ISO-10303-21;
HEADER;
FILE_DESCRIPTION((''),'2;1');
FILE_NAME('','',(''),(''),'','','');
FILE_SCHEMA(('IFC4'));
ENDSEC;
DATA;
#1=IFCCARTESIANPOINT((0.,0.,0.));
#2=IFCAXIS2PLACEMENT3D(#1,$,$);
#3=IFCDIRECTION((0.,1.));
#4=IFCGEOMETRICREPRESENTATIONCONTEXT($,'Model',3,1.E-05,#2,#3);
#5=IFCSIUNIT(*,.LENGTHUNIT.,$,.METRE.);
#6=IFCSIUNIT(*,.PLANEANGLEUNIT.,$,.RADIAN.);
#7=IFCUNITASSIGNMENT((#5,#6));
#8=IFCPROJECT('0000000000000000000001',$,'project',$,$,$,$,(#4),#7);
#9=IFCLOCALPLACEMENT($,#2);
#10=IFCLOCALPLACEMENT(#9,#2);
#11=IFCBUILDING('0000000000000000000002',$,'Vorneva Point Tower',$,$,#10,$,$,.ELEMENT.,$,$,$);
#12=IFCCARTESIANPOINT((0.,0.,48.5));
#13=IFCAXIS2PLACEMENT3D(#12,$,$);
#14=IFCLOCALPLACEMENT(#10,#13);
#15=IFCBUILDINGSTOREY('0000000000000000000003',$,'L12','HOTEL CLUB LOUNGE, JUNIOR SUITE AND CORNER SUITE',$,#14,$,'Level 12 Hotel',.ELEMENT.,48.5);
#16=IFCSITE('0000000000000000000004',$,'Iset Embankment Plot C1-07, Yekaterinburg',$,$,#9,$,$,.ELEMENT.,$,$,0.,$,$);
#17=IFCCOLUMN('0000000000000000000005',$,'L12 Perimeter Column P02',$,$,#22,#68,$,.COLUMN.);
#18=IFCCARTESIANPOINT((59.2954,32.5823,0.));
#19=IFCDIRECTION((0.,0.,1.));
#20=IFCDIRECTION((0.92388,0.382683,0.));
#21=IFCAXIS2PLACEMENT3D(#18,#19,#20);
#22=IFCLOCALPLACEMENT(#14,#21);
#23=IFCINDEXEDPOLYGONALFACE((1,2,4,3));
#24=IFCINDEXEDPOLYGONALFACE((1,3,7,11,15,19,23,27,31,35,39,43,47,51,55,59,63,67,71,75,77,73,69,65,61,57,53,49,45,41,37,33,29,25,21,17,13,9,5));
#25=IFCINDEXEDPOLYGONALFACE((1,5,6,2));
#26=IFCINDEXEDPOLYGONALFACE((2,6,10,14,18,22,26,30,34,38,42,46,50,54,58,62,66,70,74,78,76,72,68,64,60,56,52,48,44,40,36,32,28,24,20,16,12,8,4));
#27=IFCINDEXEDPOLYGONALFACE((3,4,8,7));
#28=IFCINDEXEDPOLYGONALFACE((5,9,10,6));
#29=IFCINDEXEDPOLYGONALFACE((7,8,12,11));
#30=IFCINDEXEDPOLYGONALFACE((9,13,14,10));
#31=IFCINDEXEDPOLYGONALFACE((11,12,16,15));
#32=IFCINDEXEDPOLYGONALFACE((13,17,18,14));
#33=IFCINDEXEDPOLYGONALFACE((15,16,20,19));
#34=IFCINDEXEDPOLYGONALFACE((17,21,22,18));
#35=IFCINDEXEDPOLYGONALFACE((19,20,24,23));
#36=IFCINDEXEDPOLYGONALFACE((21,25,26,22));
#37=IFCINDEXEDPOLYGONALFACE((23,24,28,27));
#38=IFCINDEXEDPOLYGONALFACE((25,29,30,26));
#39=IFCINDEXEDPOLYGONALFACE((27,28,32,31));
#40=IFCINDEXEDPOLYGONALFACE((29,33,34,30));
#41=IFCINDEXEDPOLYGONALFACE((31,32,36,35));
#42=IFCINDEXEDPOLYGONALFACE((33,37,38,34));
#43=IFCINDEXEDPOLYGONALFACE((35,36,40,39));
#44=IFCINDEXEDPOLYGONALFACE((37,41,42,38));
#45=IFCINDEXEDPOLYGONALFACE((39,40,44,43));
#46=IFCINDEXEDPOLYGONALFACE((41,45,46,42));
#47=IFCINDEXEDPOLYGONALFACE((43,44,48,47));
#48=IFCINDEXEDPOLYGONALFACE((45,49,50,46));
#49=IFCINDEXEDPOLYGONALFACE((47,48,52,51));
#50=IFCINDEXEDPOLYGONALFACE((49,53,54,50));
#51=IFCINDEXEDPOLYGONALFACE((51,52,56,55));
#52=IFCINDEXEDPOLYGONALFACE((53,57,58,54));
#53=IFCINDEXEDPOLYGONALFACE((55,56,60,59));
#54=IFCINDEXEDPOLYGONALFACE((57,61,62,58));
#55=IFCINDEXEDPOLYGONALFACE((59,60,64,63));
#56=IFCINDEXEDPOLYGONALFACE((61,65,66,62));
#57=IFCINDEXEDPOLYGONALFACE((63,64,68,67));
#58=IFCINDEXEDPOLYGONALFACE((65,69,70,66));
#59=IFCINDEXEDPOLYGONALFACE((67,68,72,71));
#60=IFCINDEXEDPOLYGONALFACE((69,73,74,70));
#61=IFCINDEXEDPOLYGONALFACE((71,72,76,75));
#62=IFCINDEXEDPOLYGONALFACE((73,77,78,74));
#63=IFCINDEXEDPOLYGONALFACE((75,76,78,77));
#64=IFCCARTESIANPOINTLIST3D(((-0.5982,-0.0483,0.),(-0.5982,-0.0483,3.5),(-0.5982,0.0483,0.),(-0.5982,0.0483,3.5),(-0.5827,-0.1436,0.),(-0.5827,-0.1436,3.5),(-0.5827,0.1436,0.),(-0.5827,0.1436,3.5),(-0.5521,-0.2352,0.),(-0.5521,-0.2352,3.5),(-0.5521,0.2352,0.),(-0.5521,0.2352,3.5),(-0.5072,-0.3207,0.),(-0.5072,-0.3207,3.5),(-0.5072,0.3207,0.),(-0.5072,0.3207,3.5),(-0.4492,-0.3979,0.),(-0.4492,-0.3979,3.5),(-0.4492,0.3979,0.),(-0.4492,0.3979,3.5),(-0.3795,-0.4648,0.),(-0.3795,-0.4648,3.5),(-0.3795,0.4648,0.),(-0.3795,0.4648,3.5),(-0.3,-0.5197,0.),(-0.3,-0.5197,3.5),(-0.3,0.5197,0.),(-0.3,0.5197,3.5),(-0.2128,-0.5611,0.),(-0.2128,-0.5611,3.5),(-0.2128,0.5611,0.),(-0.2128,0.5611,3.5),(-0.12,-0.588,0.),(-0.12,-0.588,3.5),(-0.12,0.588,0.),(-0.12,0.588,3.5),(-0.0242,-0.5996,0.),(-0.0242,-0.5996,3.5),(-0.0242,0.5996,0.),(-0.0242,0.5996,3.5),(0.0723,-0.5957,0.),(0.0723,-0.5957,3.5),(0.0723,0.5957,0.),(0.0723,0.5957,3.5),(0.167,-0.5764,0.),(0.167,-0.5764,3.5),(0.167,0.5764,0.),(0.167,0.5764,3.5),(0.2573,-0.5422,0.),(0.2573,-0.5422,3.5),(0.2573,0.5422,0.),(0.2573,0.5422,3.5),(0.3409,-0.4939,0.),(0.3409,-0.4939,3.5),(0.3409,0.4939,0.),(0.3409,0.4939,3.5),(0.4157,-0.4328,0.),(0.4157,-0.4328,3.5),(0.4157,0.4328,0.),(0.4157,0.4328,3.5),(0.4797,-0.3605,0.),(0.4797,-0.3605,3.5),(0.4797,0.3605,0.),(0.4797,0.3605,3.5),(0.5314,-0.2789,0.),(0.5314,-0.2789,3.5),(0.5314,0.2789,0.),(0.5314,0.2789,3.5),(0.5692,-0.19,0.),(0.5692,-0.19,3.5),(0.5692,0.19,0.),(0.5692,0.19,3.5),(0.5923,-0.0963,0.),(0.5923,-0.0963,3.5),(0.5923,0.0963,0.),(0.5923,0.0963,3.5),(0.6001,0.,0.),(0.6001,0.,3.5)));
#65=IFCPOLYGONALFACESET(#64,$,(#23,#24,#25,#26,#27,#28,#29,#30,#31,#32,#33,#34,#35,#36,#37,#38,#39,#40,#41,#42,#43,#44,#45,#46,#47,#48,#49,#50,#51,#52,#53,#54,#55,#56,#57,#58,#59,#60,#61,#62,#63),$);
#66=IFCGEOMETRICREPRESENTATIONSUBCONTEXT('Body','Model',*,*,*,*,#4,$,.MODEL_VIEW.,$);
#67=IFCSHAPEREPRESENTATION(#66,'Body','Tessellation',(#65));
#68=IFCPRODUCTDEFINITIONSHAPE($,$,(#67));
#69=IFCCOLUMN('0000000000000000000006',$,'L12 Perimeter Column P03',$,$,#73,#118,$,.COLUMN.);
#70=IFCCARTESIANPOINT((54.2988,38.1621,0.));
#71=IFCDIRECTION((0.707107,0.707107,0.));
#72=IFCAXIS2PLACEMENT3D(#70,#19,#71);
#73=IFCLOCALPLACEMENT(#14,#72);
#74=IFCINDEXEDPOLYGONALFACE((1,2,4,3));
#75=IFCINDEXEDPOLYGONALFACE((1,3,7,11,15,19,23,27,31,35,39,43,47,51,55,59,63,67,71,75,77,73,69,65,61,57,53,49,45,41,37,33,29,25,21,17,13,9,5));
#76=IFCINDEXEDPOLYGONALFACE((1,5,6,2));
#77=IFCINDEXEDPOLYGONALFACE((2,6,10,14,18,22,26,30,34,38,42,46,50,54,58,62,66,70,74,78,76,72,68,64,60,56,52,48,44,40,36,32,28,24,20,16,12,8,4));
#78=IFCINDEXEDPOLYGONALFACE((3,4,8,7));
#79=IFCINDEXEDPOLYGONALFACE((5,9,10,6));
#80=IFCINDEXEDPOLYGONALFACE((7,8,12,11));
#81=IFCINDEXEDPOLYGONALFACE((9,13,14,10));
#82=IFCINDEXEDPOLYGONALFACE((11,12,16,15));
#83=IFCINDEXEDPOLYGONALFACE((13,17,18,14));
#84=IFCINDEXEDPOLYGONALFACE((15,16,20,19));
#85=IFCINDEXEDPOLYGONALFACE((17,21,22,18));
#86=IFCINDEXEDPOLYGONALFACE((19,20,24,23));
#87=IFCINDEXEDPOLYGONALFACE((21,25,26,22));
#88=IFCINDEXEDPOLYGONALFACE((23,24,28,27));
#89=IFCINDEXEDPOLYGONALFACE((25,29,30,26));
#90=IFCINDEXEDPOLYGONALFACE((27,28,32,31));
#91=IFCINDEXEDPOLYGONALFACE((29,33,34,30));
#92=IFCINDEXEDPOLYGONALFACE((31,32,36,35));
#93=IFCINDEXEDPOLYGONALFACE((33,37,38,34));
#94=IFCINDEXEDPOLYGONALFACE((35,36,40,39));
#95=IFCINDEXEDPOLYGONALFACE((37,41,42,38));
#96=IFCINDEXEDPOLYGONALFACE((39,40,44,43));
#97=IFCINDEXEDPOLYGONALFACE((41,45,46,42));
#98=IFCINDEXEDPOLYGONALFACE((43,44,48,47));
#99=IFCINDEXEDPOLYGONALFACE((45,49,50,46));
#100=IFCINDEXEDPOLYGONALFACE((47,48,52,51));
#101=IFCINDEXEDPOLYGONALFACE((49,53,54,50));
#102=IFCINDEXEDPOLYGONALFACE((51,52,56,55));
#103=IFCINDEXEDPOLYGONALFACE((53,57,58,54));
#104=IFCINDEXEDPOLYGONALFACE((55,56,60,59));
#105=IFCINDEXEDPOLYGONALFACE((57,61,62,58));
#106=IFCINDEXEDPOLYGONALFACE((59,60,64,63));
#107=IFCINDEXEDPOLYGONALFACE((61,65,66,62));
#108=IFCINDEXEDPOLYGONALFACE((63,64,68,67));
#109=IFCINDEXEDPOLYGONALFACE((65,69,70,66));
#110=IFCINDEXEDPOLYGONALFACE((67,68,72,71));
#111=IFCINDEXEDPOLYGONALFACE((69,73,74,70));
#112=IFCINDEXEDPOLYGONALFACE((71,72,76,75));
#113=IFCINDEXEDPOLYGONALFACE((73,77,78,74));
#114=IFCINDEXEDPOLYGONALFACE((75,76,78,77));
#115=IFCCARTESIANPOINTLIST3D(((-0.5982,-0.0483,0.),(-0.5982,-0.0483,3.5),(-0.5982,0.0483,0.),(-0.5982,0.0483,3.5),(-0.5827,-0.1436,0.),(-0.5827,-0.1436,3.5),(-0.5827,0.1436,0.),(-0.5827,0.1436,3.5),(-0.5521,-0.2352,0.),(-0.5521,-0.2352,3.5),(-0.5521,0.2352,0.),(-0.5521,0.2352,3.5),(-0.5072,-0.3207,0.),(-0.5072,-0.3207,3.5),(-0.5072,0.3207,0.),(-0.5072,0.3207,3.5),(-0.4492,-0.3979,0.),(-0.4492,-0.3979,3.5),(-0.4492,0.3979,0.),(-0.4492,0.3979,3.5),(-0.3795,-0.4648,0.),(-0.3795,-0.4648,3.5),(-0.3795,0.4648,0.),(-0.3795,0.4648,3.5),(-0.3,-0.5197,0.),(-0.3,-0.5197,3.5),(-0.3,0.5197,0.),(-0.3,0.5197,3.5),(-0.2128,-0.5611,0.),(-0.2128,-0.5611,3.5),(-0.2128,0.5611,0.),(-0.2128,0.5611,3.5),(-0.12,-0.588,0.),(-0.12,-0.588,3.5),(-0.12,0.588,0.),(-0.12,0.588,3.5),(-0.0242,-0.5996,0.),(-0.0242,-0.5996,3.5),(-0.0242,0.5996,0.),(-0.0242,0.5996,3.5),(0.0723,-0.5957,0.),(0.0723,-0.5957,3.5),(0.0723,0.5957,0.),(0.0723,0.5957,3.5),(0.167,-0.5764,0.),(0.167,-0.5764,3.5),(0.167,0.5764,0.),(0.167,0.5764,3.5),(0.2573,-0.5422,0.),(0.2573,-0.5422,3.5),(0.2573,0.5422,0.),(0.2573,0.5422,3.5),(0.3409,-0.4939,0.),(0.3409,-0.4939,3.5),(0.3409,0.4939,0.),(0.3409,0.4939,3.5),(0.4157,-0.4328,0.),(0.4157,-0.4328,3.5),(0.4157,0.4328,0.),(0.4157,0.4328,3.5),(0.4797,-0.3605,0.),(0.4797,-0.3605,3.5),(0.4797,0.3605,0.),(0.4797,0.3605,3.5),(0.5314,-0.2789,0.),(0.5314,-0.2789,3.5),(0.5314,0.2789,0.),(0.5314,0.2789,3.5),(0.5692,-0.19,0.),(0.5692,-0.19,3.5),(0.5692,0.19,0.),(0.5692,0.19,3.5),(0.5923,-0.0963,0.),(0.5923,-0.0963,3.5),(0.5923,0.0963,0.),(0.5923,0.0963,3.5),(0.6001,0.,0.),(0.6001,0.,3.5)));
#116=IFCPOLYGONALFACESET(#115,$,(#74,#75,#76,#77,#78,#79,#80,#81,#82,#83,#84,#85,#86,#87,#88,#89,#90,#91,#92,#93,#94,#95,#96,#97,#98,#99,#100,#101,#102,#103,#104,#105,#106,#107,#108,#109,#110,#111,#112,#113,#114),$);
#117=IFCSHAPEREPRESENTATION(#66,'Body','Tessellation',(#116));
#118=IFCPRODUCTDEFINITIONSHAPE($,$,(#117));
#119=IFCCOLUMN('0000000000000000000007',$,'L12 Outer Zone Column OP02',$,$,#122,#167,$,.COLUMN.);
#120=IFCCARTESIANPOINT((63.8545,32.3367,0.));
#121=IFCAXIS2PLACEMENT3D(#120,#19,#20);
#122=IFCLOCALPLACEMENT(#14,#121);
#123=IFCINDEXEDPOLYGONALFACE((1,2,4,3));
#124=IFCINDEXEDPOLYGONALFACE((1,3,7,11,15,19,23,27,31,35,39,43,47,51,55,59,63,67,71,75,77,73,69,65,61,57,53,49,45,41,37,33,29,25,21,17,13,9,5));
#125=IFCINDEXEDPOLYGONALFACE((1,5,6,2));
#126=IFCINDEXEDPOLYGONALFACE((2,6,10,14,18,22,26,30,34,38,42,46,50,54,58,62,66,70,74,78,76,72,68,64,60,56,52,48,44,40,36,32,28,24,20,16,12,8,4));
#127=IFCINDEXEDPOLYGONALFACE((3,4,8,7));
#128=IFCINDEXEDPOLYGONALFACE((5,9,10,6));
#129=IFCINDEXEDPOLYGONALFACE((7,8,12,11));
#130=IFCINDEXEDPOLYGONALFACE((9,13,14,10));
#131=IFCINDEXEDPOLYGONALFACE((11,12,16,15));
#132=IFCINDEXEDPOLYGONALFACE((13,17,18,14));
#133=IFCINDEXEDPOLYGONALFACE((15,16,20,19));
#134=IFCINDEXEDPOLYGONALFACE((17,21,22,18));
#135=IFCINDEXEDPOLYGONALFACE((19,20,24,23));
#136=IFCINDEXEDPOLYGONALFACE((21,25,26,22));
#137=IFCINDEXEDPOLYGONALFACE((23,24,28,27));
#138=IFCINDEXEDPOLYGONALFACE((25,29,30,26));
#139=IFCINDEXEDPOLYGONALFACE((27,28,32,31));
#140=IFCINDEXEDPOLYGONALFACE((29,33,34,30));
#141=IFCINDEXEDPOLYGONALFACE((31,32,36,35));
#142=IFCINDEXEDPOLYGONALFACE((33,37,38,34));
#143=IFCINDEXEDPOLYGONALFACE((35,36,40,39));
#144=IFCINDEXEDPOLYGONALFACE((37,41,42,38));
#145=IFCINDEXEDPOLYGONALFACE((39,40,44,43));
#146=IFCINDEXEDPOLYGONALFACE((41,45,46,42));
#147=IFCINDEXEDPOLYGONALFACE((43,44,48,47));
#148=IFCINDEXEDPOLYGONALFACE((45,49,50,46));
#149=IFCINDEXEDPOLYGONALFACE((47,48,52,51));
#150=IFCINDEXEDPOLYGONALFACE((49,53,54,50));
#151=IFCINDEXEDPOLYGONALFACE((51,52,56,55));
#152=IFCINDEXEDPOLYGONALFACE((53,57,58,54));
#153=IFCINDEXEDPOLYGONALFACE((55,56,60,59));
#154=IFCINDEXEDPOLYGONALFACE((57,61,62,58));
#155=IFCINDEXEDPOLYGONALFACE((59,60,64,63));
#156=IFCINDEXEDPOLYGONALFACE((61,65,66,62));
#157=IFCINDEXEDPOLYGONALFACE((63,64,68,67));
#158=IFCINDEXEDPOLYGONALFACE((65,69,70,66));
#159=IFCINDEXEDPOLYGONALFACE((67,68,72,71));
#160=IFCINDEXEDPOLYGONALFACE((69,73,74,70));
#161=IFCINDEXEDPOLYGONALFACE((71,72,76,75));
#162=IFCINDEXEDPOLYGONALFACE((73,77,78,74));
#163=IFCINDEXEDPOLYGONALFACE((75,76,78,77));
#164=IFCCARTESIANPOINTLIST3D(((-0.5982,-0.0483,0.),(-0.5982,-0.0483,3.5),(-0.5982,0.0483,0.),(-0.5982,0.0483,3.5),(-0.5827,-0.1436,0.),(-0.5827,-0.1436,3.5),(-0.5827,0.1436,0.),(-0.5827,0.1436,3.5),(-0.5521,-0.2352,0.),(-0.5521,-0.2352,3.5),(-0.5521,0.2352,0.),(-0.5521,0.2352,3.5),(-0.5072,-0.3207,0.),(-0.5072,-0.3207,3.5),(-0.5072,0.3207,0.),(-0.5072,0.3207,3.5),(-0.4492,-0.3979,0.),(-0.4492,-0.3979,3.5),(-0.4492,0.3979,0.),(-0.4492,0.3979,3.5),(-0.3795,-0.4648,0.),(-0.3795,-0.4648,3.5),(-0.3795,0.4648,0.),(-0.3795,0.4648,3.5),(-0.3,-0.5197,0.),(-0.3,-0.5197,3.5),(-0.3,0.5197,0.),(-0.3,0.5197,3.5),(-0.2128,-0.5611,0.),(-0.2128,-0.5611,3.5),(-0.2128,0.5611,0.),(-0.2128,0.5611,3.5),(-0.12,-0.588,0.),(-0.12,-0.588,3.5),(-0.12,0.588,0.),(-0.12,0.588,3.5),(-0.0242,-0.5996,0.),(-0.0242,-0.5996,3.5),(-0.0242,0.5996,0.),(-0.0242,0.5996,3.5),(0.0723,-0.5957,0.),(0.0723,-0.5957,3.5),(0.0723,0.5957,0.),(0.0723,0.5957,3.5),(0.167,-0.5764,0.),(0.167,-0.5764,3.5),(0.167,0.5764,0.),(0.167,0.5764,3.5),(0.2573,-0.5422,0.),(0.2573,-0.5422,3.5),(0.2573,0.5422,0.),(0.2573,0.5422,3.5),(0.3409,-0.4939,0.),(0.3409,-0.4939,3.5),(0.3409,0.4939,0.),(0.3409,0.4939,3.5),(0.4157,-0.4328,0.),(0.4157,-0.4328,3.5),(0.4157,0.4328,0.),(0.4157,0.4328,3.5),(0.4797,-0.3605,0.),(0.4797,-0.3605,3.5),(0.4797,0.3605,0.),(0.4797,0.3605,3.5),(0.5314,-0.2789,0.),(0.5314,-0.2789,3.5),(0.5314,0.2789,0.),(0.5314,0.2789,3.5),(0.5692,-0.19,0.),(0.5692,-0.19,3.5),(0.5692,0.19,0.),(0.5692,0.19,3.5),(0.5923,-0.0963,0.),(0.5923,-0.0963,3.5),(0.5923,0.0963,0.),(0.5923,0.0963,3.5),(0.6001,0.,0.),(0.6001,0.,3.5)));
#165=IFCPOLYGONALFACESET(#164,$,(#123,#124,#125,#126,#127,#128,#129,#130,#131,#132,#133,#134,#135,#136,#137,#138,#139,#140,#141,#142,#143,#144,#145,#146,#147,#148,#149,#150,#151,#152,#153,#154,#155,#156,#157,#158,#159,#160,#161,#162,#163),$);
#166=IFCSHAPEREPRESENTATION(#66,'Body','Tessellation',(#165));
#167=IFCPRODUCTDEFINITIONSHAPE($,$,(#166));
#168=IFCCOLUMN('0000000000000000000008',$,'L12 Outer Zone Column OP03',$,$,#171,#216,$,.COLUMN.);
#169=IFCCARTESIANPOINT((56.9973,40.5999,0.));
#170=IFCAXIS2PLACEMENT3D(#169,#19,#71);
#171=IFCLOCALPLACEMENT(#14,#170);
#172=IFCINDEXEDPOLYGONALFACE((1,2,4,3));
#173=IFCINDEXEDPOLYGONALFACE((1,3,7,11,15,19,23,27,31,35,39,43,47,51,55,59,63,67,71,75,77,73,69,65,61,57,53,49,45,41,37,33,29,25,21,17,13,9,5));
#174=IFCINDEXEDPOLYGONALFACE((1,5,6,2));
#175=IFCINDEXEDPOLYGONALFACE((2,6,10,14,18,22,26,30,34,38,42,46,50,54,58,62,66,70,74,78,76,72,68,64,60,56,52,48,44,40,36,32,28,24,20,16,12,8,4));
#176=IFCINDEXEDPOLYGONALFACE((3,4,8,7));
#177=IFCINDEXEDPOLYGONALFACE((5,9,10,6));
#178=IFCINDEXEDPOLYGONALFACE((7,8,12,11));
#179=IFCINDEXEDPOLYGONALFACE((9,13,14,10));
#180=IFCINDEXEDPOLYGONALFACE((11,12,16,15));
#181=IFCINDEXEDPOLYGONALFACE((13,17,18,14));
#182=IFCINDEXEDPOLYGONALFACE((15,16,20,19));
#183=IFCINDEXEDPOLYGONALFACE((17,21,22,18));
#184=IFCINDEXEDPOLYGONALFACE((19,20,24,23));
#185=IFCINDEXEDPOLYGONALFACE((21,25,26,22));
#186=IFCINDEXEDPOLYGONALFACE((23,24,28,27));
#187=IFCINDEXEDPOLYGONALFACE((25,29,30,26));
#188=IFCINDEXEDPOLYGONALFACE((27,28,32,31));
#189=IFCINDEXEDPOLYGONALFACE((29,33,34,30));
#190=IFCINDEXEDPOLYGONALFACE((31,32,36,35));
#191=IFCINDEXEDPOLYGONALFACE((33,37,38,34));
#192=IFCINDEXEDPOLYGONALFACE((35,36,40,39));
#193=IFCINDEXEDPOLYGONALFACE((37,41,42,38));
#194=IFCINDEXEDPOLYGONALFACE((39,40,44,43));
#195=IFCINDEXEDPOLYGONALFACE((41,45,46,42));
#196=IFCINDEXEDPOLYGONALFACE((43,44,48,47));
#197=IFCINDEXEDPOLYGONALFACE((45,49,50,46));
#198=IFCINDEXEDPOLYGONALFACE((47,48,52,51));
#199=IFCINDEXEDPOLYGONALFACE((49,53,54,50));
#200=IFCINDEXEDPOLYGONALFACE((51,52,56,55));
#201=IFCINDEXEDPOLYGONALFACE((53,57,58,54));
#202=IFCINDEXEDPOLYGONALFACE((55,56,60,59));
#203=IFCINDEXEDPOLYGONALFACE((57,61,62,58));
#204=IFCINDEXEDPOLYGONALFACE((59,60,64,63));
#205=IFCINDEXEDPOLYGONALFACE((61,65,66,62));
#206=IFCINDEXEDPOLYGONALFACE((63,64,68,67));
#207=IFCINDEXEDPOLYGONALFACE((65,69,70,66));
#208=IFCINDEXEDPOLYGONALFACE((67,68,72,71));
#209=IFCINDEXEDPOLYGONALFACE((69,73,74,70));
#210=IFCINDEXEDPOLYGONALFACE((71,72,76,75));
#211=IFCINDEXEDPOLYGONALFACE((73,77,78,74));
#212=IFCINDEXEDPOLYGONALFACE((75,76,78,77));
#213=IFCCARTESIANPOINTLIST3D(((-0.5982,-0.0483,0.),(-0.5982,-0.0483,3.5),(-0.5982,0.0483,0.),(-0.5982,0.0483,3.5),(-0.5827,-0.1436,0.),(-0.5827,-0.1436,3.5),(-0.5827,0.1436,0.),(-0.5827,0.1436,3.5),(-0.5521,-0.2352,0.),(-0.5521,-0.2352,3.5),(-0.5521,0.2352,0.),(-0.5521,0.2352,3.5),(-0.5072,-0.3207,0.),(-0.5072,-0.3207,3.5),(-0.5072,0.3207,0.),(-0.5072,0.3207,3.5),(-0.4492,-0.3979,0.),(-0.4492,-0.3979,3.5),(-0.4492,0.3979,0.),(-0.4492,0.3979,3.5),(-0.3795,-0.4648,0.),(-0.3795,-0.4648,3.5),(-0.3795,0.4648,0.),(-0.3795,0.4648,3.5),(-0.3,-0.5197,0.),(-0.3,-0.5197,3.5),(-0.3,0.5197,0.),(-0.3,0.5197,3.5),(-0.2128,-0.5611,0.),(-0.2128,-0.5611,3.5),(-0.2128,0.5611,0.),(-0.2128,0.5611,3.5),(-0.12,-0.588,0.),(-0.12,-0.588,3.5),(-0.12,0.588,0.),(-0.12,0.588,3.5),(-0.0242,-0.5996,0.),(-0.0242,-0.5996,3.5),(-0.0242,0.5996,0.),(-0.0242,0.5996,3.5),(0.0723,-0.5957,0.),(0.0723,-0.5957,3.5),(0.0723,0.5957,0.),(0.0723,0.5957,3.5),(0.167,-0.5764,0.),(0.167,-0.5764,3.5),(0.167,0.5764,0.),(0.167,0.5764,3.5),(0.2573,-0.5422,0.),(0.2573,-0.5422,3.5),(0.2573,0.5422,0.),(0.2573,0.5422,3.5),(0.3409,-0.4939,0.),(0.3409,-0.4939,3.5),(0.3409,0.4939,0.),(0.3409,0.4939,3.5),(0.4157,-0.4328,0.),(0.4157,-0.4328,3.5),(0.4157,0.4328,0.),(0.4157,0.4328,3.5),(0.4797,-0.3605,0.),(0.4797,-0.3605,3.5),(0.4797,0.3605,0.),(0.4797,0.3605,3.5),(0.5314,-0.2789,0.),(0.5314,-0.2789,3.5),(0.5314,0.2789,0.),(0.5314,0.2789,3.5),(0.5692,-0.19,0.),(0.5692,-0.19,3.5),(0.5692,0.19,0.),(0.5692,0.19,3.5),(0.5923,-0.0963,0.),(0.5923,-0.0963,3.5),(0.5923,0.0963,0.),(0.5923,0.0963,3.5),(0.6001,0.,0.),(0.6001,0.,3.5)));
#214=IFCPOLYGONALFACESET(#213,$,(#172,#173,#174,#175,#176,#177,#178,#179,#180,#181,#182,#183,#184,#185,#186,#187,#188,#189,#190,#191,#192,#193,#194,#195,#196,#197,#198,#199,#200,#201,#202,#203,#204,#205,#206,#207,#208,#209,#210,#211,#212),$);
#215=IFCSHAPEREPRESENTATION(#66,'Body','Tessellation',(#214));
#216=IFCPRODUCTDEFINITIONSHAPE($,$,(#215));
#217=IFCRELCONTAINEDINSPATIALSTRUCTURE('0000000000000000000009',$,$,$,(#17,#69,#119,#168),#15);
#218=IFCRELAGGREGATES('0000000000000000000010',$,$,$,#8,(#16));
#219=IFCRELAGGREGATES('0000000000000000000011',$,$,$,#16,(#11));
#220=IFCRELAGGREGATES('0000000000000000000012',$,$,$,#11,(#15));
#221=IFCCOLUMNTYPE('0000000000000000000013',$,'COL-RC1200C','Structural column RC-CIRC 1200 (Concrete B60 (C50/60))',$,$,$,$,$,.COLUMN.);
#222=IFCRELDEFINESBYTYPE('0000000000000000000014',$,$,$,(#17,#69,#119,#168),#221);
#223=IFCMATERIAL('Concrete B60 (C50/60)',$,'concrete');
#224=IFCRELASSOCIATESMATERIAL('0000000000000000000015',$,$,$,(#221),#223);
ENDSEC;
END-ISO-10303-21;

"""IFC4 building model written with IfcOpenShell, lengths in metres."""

from ifc_helpers import new_model, si_unit, direction, frame, origin, origin_2d, place, context, subcontext, project, spatial, circle, extrude, material, material_profile, profile_set, type_object, element, save


model = new_model("IFC4")

# Units and contexts
model_context = context("Model", 3, precision=1e-05, world=origin(), true_north=direction((0.0, 1.0)))
body_context = subcontext(model_context, "Body", "Model", "MODEL_VIEW")
ifc_project = project(units=[si_unit("LENGTHUNIT", "METRE"), si_unit("PLANEANGLEUNIT", "RADIAN")], contexts=[model_context])

# Site, building, storey
site_placement = place(None, origin())
site = spatial("IfcSite", under=ifc_project, at=site_placement, Name="Iset Embankment Plot C1-07, Yekaterinburg", CompositionType="ELEMENT", RefElevation=0.0)
building_placement = place(site_placement, origin())
building = spatial("IfcBuilding", under=site, at=building_placement, Name="Vorneva Point Tower", CompositionType="ELEMENT")
storey_placement = place(building_placement, frame((0.0, 0.0, 48.5)))
storey = spatial("IfcBuildingStorey", under=building, at=storey_placement, Name="L12", Description="HOTEL CLUB LOUNGE, JUNIOR SUITE AND CORNER SUITE", LongName="Level 12 Hotel", CompositionType="ELEMENT", Elevation=48.5)

# Columns
ifc_material_1 = material(Name="Concrete B60 (C50/60)", Category="concrete")
ifc_material_profile_1 = material_profile(ifc_material_1, circle(Radius=0.6001, at=origin_2d()), Name="RC-CIRC 1200")
ifc_profile_set_1 = profile_set([ifc_material_profile_1], Name="Concrete B60 (C50/60)")
column_type = type_object("IfcColumnType", Name="COL-RC1200C", Description="Structural column RC-CIRC 1200 (Concrete B60 (C50/60))", PredefinedType="COLUMN", material=ifc_profile_set_1)
for number, where, z_axis, x_axis, name in (
    (1, (59.2954, 32.5823, 0.0), (0.0, 0.0, 1.0), (0.92388, 0.382683, 0.0), "L12 Perimeter Column P02"),
    (2, (54.2988, 38.1621, 0.0), (0.0, 0.0, 1.0), (0.707107, 0.707107, 0.0), "L12 Perimeter Column P03"),
    (3, (63.8545, 32.3367, 0.0), (0.0, 0.0, 1.0), (0.92388, 0.382683, 0.0), "L12 Outer Zone Column OP02"),
    (4, (56.9973, 40.5999, 0.0), (0.0, 0.0, 1.0), (0.707107, 0.707107, 0.0), "L12 Outer Zone Column OP03"),
):
    element("IfcColumn", number, at=place(storey_placement, frame(where, z_axis=z_axis, x_axis=x_axis)), inside=storey, type_object=column_type, Name=name, PredefinedType="COLUMN", context=body_context, shape_type="SweptSolid", body=[
        extrude(circle(Radius=0.6001, at=origin_2d()), origin(), (0.0, 0.0, 1.0), 3.5),
    ])

save(model, "model.ifc")
